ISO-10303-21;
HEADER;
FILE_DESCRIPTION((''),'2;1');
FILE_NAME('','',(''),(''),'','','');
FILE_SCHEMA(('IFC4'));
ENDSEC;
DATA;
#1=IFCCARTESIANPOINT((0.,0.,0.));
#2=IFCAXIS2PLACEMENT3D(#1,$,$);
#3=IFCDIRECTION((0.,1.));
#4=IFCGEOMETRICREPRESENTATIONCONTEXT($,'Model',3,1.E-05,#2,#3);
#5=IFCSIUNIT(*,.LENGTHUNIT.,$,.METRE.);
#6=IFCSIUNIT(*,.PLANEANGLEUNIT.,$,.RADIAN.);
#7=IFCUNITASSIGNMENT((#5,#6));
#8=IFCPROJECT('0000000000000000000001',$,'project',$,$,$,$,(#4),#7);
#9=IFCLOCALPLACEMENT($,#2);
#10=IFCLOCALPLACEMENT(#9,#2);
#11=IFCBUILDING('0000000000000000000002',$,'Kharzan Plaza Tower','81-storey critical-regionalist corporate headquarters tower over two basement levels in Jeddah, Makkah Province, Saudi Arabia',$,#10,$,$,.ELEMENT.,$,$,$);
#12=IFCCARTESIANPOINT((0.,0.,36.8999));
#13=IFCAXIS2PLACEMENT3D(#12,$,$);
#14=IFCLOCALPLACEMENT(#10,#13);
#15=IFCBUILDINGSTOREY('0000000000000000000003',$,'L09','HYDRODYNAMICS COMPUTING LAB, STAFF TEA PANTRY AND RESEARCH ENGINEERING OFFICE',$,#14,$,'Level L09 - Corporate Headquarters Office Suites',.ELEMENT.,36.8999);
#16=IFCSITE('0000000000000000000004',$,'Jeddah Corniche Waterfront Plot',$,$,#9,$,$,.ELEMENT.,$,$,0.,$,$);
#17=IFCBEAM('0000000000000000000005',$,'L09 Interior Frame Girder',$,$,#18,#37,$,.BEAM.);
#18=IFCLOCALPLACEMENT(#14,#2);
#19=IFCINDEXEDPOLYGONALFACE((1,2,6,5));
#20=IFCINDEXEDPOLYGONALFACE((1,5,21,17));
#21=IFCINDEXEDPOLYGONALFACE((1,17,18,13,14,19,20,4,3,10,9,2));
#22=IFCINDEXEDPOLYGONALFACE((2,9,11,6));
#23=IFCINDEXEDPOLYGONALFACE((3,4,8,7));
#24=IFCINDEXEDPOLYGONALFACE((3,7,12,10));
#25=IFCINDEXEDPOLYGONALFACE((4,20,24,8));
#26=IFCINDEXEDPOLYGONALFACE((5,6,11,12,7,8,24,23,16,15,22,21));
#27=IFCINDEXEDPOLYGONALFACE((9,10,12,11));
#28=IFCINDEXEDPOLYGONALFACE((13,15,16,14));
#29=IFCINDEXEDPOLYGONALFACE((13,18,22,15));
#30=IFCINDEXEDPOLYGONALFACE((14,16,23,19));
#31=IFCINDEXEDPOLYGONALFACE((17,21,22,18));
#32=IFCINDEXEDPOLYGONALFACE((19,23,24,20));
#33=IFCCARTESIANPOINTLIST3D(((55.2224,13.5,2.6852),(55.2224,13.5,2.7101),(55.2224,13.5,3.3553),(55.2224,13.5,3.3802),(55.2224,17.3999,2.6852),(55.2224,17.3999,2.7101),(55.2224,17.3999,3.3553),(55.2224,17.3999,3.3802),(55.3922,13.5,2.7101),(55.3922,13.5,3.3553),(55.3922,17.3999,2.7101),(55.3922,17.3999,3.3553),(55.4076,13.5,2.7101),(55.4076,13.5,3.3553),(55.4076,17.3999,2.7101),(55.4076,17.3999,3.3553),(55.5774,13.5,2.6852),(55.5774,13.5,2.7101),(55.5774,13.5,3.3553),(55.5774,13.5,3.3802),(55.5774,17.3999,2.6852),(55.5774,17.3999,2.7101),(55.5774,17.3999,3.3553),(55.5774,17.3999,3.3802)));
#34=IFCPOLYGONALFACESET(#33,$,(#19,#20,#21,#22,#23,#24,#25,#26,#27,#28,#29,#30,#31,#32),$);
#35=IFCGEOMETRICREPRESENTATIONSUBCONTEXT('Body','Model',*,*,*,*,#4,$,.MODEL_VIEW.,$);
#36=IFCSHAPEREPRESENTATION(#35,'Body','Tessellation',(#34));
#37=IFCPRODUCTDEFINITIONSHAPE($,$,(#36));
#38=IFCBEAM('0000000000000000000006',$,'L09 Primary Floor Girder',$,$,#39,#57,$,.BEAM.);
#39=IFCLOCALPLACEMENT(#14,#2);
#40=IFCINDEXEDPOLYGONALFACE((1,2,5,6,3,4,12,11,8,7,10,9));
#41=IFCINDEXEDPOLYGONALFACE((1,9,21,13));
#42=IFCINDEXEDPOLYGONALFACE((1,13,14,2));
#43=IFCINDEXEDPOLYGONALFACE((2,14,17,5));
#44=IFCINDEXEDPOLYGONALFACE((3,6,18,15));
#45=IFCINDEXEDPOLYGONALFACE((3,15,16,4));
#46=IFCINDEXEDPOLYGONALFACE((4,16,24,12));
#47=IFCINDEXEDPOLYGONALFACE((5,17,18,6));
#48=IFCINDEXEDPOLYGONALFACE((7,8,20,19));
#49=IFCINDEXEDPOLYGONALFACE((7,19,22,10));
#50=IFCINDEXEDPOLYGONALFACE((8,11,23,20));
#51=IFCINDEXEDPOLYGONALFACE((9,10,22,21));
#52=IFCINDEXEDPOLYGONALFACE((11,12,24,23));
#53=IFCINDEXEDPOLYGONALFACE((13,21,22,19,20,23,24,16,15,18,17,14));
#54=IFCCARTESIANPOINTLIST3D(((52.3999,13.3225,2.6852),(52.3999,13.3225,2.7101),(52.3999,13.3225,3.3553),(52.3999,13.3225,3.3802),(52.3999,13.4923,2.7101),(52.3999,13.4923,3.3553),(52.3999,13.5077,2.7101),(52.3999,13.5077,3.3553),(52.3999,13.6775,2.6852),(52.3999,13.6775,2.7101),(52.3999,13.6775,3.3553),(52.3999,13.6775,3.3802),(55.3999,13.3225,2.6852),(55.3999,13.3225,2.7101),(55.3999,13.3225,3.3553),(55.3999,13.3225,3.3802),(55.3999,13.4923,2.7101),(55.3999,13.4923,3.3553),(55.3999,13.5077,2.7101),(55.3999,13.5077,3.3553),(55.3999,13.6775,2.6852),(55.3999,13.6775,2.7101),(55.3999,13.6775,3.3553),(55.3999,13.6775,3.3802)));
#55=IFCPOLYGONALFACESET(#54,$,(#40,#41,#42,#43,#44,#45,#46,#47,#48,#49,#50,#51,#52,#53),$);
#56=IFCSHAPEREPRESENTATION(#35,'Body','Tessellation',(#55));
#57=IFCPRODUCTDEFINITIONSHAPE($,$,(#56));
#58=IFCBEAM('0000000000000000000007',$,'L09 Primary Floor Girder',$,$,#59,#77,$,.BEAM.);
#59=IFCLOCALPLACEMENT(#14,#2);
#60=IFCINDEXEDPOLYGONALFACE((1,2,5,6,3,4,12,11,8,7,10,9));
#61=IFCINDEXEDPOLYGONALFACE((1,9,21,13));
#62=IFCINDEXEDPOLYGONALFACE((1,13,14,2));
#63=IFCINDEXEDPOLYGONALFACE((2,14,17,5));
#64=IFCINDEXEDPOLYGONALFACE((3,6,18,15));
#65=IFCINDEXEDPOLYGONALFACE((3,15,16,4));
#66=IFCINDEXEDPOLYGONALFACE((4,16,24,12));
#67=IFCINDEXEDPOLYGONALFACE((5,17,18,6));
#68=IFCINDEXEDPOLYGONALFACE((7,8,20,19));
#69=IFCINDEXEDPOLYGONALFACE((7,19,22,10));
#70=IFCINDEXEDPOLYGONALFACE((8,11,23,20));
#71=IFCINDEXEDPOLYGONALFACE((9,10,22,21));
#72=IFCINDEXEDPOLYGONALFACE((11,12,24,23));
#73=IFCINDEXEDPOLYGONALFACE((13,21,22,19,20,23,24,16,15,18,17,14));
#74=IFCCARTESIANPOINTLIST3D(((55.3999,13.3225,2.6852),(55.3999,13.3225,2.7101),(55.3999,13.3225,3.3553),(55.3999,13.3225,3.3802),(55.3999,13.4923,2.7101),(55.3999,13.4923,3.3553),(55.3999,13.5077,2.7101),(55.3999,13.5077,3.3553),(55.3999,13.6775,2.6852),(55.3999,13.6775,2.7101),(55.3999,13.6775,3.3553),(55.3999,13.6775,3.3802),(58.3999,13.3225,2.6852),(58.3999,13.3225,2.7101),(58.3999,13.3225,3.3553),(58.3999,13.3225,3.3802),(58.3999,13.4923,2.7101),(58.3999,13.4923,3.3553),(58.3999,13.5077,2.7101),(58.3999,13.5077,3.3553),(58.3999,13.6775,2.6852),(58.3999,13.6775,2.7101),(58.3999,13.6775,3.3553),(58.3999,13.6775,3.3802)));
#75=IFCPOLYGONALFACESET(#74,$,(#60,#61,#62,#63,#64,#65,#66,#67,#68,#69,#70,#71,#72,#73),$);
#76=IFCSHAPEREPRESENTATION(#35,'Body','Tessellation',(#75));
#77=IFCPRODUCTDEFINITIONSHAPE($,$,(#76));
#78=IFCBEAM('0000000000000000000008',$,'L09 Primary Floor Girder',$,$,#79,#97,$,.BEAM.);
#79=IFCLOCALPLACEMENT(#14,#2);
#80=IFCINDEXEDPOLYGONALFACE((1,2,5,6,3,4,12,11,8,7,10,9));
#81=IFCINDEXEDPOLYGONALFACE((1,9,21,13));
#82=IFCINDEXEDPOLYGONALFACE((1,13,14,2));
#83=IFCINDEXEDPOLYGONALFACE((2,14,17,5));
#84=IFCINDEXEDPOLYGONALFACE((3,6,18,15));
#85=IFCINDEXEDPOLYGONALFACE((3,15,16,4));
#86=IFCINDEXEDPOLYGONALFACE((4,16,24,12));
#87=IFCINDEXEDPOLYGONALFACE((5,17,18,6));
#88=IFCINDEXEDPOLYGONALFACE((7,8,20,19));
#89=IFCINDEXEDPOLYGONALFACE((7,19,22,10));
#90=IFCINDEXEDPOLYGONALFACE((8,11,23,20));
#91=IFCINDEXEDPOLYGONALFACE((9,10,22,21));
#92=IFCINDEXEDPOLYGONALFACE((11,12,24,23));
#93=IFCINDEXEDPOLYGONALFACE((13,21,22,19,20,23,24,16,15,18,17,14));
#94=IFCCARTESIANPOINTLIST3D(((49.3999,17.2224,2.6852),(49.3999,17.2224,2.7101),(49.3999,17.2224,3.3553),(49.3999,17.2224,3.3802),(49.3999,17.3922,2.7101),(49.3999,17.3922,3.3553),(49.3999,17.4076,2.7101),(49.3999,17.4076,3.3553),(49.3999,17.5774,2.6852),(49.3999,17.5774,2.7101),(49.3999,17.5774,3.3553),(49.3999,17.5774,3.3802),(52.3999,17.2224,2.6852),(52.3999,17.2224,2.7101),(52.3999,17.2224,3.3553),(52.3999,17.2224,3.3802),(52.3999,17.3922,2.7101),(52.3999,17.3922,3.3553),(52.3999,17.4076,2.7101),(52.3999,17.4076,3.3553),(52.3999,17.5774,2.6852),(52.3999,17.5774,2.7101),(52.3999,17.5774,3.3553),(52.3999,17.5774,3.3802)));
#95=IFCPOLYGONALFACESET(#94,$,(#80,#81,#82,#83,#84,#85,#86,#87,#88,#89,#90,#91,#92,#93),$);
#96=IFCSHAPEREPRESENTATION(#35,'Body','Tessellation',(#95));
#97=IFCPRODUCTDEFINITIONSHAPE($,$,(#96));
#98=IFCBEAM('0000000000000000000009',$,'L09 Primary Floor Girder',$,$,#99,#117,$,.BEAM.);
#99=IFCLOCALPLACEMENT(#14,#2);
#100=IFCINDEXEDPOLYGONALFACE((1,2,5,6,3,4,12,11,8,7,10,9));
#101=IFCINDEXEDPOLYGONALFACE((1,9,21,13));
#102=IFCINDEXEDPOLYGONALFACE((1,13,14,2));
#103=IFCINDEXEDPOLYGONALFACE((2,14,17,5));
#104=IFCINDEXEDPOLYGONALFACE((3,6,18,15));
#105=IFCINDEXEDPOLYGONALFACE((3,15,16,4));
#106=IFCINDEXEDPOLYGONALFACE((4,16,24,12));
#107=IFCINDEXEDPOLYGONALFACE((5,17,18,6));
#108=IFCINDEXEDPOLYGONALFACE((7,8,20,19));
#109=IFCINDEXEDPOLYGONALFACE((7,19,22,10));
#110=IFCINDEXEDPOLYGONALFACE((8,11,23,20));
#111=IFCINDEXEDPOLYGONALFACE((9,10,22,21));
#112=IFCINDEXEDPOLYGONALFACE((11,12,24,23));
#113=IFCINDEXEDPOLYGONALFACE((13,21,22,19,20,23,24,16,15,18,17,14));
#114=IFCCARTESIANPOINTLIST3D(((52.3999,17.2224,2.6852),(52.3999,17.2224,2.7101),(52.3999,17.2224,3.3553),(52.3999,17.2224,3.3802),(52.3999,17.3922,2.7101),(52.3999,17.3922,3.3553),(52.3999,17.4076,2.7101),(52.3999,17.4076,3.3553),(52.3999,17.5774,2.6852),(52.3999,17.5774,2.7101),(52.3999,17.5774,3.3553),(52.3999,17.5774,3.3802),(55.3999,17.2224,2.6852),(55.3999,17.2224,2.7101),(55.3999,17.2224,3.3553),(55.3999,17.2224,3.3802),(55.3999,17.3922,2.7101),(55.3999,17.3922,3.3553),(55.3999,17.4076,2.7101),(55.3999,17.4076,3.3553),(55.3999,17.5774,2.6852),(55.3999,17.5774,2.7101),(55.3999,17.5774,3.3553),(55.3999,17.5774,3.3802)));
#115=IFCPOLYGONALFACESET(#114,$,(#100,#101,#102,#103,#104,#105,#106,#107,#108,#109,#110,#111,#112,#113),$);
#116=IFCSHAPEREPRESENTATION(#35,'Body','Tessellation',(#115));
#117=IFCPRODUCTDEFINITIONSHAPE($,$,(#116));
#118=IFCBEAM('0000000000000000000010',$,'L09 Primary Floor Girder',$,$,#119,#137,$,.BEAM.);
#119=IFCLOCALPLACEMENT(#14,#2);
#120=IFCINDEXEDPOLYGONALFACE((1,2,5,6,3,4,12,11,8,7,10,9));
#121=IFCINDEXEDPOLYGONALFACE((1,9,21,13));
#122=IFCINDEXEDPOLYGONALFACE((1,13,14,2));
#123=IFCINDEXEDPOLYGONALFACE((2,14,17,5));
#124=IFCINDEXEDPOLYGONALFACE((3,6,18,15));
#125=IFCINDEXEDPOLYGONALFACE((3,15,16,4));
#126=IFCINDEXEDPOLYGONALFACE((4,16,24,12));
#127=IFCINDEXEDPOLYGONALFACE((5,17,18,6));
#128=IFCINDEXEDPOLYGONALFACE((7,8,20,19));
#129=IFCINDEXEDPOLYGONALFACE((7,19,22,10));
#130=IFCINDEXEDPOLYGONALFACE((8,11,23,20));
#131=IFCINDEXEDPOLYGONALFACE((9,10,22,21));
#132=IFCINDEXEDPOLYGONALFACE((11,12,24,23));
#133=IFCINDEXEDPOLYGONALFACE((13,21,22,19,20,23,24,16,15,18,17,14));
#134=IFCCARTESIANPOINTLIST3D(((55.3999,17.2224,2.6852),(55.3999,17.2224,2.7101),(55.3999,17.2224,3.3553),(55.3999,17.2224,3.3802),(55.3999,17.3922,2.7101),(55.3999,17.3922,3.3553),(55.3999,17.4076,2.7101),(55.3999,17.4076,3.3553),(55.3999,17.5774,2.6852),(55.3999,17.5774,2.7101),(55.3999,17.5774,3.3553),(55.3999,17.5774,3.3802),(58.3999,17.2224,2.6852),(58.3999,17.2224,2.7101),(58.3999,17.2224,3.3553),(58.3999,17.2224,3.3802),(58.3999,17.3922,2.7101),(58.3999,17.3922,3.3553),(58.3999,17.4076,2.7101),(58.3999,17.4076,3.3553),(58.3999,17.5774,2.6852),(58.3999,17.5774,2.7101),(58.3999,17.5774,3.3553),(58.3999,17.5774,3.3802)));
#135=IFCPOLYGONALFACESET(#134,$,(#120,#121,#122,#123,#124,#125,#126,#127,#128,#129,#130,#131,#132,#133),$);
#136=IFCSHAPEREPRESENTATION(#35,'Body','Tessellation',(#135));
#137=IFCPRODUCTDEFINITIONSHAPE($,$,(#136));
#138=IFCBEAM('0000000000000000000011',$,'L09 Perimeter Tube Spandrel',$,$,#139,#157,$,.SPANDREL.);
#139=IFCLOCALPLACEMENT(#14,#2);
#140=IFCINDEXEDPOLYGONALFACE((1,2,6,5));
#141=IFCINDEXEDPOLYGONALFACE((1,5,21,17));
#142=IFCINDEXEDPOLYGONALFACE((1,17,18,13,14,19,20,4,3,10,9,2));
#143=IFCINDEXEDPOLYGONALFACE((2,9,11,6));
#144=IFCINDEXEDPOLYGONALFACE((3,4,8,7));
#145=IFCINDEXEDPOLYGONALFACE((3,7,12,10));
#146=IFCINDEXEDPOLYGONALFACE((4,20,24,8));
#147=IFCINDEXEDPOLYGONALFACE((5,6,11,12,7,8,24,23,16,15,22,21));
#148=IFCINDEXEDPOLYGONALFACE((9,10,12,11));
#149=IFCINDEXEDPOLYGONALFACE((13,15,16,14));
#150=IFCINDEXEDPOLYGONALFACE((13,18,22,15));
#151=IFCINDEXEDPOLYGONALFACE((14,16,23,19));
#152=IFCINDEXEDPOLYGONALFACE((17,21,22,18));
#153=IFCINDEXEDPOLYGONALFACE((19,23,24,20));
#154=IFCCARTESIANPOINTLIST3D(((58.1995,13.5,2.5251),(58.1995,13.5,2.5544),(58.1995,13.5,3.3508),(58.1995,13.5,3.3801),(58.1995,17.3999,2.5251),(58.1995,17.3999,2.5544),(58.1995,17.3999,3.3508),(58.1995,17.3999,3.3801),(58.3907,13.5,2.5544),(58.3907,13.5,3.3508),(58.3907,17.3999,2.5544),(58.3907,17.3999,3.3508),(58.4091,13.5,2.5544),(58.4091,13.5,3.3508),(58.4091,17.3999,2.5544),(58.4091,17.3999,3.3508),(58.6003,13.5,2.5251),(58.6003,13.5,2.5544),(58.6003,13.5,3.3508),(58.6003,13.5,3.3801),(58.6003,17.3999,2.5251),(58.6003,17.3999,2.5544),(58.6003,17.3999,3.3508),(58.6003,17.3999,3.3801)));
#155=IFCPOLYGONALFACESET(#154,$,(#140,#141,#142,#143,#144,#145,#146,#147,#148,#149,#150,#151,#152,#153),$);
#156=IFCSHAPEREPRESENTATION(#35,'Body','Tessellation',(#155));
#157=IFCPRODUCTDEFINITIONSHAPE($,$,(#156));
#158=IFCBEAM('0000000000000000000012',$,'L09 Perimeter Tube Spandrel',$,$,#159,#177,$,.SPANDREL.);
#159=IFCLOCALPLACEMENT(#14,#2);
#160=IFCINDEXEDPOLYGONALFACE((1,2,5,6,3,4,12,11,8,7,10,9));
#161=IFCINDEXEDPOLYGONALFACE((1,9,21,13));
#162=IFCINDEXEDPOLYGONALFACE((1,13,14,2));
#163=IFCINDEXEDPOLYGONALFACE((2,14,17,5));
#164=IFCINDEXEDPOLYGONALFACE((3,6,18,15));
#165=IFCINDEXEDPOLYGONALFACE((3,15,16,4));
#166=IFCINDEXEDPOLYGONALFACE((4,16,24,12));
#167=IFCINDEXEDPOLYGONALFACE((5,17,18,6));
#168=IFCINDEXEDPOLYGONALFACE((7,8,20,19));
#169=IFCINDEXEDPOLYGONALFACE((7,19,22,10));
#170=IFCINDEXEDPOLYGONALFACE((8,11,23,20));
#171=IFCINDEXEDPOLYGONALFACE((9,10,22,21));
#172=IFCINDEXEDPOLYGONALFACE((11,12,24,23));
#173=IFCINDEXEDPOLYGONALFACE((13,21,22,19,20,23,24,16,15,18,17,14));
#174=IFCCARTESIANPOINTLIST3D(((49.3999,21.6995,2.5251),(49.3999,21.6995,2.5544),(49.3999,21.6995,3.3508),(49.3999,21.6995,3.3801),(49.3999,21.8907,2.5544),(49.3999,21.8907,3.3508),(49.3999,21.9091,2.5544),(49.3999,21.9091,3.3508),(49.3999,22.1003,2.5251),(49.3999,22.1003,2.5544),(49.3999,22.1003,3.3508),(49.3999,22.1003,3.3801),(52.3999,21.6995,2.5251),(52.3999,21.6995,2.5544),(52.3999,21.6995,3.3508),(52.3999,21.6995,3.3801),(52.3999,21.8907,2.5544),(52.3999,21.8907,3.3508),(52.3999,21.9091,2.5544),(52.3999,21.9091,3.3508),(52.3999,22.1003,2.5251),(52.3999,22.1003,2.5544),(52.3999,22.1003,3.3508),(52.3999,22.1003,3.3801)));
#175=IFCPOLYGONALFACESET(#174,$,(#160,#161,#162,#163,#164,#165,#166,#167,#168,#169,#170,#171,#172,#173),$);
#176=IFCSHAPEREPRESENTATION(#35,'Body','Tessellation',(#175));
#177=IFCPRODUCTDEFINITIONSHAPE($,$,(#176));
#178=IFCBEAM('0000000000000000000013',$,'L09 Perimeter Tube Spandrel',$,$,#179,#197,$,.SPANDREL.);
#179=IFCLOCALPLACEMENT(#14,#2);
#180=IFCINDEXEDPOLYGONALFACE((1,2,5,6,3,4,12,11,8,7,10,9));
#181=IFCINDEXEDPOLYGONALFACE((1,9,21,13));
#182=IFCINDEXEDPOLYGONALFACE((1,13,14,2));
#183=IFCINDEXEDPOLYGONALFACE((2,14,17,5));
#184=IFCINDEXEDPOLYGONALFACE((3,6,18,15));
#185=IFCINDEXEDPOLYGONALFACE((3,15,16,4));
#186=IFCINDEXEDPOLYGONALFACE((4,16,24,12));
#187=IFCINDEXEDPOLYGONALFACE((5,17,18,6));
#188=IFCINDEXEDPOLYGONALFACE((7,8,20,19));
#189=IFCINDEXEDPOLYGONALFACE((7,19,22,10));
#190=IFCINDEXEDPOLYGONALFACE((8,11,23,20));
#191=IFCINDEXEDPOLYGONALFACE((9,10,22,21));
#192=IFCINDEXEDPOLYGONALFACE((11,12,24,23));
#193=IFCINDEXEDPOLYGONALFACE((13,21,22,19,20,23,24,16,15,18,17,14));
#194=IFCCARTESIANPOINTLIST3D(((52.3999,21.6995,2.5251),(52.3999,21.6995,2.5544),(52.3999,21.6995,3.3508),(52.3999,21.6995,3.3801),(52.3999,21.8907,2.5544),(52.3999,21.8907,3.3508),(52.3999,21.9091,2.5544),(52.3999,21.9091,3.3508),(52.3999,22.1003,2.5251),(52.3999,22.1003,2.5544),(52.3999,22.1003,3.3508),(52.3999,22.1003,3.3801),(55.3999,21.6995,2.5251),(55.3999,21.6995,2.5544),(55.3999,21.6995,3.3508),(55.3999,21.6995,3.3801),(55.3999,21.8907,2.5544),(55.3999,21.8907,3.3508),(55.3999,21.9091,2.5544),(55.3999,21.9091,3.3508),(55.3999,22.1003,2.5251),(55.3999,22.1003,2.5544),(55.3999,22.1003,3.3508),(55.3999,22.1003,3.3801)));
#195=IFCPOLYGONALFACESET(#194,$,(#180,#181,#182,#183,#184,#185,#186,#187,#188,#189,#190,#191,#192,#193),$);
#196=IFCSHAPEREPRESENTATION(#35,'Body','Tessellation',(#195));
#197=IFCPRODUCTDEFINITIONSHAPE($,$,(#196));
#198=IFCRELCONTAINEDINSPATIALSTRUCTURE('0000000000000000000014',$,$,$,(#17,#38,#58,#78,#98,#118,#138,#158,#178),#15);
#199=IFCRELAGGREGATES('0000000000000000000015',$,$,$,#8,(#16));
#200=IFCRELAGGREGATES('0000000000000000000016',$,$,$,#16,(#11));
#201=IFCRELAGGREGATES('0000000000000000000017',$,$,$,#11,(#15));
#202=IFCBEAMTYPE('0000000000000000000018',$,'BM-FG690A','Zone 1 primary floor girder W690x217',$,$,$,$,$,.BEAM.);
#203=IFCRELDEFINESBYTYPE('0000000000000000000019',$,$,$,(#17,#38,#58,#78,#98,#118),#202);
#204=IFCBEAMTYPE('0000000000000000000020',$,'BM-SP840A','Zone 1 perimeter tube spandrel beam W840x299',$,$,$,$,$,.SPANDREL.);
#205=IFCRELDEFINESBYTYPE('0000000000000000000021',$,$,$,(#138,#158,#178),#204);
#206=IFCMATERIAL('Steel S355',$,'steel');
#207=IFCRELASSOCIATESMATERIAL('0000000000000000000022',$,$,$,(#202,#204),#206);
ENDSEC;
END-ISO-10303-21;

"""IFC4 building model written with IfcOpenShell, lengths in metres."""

from ifc_helpers import new_model, si_unit, direction, frame, origin, origin_2d, place, context, subcontext, project, spatial, i_section, extrude, source, transform, mapped, material, material_profile, profile_set, type_object, element, save


model = new_model("IFC4")

# Units and contexts
model_context = context("Model", 3, precision=1e-05, world=origin(), true_north=direction((0.0, 1.0)))
body_context = subcontext(model_context, "Body", "Model", "MODEL_VIEW")
ifc_project = project(units=[si_unit("LENGTHUNIT", "METRE"), si_unit("PLANEANGLEUNIT", "RADIAN")], contexts=[model_context])

# Site, building, storey
site_placement = place(None, origin())
site = spatial("IfcSite", under=ifc_project, at=site_placement, Name="Jeddah Corniche Waterfront Plot", CompositionType="ELEMENT", RefElevation=0.0)
building_placement = place(site_placement, origin())
building = spatial("IfcBuilding", under=site, at=building_placement, Name="Kharzan Plaza Tower", Description="81-storey critical-regionalist corporate headquarters tower over two basement levels in Jeddah, Makkah Province, Saudi Arabia", CompositionType="ELEMENT")
storey_placement = place(building_placement, frame((0.0, 0.0, 36.8999)))
storey = spatial("IfcBuildingStorey", under=building, at=storey_placement, Name="L09", Description="HYDRODYNAMICS COMPUTING LAB, STAFF TEA PANTRY AND RESEARCH ENGINEERING OFFICE", LongName="Level L09 - Corporate Headquarters Office Suites", CompositionType="ELEMENT", Elevation=36.8999)

# Beams
ifc_material_1 = material(Name="Steel S355", Category="steel")
ifc_material_profile_1 = material_profile(ifc_material_1, i_section(OverallWidth=0.355, OverallDepth=0.6951, WebThickness=0.0154, FlangeThickness=0.0249, at=origin_2d()), Name="W690x217")
ifc_profile_set_1 = profile_set([ifc_material_profile_1], Name="Steel S355")
beam_type_1 = type_object("IfcBeamType", Name="BM-FG690A", Description="Zone 1 primary floor girder W690x217", PredefinedType="BEAM", material=ifc_profile_set_1)
shared_shape_1 = source(origin(), body_context, "Body", "SweptSolid", [
    extrude(i_section(OverallWidth=0.355, OverallDepth=0.6951, WebThickness=0.0154, FlangeThickness=0.0249, at=origin_2d()), origin(), (0.0, 0.0, 1.0), 3.8999),
])
for number, where, z_axis, x_axis, name in (
    (1, (55.3999, 13.5, 3.0327), (0.0, 1.0, 0.0), (-1.0, 0.0, 0.0), "L09 Interior Frame Girder"),
):
    element("IfcBeam", number, at=place(storey_placement, frame(where, z_axis=z_axis, x_axis=x_axis)), inside=storey, type_object=beam_type_1, Name=name, PredefinedType="BEAM", context=body_context, shape_type="MappedRepresentation", body=[
        mapped(shared_shape_1, transform((0.0, 0.0, 0.0), x_axis=(1.0, 0.0, 0.0), y_axis=(0.0, 1.0, 0.0), z_axis=(0.0, 0.0, 1.0))),
    ])
shared_shape_2 = source(origin(), body_context, "Body", "SweptSolid", [
    extrude(i_section(OverallWidth=0.355, OverallDepth=0.6951, WebThickness=0.0154, FlangeThickness=0.0249, at=origin_2d()), origin(), (0.0, 0.0, 1.0), 3.0),
])
for number, where, z_axis, x_axis, name in (
    (2, (52.3999, 13.5, 3.0327), (1.0, 0.0, 0.0), (0.0, 1.0, 0.0), "L09 Primary Floor Girder"),
    (3, (55.3999, 13.5, 3.0327), (1.0, 0.0, 0.0), (0.0, 1.0, 0.0), "L09 Primary Floor Girder"),
    (4, (49.3999, 17.3999, 3.0327), (1.0, 0.0, 0.0), (0.0, 1.0, 0.0), "L09 Primary Floor Girder"),
    (5, (52.3999, 17.3999, 3.0327), (1.0, 0.0, 0.0), (0.0, 1.0, 0.0), "L09 Primary Floor Girder"),
    (6, (55.3999, 17.3999, 3.0327), (1.0, 0.0, 0.0), (0.0, 1.0, 0.0), "L09 Primary Floor Girder"),
):
    element("IfcBeam", number, at=place(storey_placement, frame(where, z_axis=z_axis, x_axis=x_axis)), inside=storey, type_object=beam_type_1, Name=name, PredefinedType="BEAM", context=body_context, shape_type="MappedRepresentation", body=[
        mapped(shared_shape_2, transform((0.0, 0.0, 0.0), x_axis=(1.0, 0.0, 0.0), y_axis=(0.0, 1.0, 0.0), z_axis=(0.0, 0.0, 1.0))),
    ])
ifc_material_profile_2 = material_profile(ifc_material_1, i_section(OverallWidth=0.4009, OverallDepth=0.855, WebThickness=0.0183, FlangeThickness=0.0293, at=origin_2d()), Name="W840x299")
ifc_profile_set_2 = profile_set([ifc_material_profile_2], Name="Steel S355")
beam_type_2 = type_object("IfcBeamType", Name="BM-SP840A", Description="Zone 1 perimeter tube spandrel beam W840x299", PredefinedType="SPANDREL", material=ifc_profile_set_2)
shared_shape_3 = source(origin(), body_context, "Body", "SweptSolid", [
    extrude(i_section(OverallWidth=0.4009, OverallDepth=0.855, WebThickness=0.0183, FlangeThickness=0.0293, at=origin_2d()), origin(), (0.0, 0.0, 1.0), 3.8999),
])
beam_placement = place(storey_placement, frame((58.3999, 13.5, 2.9526), z_axis=(0.0, 1.0, 0.0), x_axis=(-1.0, 0.0, 0.0)))
element("IfcBeam", 7, at=beam_placement, inside=storey, type_object=beam_type_2, Name="L09 Perimeter Tube Spandrel", PredefinedType="SPANDREL", context=body_context, shape_type="MappedRepresentation", body=[
    mapped(shared_shape_3, transform((0.0, 0.0, 0.0), x_axis=(1.0, 0.0, 0.0), y_axis=(0.0, 1.0, 0.0), z_axis=(0.0, 0.0, 1.0))),
])
shared_shape_4 = source(origin(), body_context, "Body", "SweptSolid", [
    extrude(i_section(OverallWidth=0.4009, OverallDepth=0.855, WebThickness=0.0183, FlangeThickness=0.0293, at=origin_2d()), origin(), (0.0, 0.0, 1.0), 3.0),
])
for number, where, z_axis, x_axis, name in (
    (8, (49.3999, 21.8999, 2.9526), (1.0, 0.0, 0.0), (0.0, 1.0, 0.0), "L09 Perimeter Tube Spandrel"),
    (9, (52.3999, 21.8999, 2.9526), (1.0, 0.0, 0.0), (0.0, 1.0, 0.0), "L09 Perimeter Tube Spandrel"),
):
    element("IfcBeam", number, at=place(storey_placement, frame(where, z_axis=z_axis, x_axis=x_axis)), inside=storey, type_object=beam_type_2, Name=name, PredefinedType="SPANDREL", context=body_context, shape_type="MappedRepresentation", body=[
        mapped(shared_shape_4, transform((0.0, 0.0, 0.0), x_axis=(1.0, 0.0, 0.0), y_axis=(0.0, 1.0, 0.0), z_axis=(0.0, 0.0, 1.0))),
    ])

save(model, "model.ifc")
